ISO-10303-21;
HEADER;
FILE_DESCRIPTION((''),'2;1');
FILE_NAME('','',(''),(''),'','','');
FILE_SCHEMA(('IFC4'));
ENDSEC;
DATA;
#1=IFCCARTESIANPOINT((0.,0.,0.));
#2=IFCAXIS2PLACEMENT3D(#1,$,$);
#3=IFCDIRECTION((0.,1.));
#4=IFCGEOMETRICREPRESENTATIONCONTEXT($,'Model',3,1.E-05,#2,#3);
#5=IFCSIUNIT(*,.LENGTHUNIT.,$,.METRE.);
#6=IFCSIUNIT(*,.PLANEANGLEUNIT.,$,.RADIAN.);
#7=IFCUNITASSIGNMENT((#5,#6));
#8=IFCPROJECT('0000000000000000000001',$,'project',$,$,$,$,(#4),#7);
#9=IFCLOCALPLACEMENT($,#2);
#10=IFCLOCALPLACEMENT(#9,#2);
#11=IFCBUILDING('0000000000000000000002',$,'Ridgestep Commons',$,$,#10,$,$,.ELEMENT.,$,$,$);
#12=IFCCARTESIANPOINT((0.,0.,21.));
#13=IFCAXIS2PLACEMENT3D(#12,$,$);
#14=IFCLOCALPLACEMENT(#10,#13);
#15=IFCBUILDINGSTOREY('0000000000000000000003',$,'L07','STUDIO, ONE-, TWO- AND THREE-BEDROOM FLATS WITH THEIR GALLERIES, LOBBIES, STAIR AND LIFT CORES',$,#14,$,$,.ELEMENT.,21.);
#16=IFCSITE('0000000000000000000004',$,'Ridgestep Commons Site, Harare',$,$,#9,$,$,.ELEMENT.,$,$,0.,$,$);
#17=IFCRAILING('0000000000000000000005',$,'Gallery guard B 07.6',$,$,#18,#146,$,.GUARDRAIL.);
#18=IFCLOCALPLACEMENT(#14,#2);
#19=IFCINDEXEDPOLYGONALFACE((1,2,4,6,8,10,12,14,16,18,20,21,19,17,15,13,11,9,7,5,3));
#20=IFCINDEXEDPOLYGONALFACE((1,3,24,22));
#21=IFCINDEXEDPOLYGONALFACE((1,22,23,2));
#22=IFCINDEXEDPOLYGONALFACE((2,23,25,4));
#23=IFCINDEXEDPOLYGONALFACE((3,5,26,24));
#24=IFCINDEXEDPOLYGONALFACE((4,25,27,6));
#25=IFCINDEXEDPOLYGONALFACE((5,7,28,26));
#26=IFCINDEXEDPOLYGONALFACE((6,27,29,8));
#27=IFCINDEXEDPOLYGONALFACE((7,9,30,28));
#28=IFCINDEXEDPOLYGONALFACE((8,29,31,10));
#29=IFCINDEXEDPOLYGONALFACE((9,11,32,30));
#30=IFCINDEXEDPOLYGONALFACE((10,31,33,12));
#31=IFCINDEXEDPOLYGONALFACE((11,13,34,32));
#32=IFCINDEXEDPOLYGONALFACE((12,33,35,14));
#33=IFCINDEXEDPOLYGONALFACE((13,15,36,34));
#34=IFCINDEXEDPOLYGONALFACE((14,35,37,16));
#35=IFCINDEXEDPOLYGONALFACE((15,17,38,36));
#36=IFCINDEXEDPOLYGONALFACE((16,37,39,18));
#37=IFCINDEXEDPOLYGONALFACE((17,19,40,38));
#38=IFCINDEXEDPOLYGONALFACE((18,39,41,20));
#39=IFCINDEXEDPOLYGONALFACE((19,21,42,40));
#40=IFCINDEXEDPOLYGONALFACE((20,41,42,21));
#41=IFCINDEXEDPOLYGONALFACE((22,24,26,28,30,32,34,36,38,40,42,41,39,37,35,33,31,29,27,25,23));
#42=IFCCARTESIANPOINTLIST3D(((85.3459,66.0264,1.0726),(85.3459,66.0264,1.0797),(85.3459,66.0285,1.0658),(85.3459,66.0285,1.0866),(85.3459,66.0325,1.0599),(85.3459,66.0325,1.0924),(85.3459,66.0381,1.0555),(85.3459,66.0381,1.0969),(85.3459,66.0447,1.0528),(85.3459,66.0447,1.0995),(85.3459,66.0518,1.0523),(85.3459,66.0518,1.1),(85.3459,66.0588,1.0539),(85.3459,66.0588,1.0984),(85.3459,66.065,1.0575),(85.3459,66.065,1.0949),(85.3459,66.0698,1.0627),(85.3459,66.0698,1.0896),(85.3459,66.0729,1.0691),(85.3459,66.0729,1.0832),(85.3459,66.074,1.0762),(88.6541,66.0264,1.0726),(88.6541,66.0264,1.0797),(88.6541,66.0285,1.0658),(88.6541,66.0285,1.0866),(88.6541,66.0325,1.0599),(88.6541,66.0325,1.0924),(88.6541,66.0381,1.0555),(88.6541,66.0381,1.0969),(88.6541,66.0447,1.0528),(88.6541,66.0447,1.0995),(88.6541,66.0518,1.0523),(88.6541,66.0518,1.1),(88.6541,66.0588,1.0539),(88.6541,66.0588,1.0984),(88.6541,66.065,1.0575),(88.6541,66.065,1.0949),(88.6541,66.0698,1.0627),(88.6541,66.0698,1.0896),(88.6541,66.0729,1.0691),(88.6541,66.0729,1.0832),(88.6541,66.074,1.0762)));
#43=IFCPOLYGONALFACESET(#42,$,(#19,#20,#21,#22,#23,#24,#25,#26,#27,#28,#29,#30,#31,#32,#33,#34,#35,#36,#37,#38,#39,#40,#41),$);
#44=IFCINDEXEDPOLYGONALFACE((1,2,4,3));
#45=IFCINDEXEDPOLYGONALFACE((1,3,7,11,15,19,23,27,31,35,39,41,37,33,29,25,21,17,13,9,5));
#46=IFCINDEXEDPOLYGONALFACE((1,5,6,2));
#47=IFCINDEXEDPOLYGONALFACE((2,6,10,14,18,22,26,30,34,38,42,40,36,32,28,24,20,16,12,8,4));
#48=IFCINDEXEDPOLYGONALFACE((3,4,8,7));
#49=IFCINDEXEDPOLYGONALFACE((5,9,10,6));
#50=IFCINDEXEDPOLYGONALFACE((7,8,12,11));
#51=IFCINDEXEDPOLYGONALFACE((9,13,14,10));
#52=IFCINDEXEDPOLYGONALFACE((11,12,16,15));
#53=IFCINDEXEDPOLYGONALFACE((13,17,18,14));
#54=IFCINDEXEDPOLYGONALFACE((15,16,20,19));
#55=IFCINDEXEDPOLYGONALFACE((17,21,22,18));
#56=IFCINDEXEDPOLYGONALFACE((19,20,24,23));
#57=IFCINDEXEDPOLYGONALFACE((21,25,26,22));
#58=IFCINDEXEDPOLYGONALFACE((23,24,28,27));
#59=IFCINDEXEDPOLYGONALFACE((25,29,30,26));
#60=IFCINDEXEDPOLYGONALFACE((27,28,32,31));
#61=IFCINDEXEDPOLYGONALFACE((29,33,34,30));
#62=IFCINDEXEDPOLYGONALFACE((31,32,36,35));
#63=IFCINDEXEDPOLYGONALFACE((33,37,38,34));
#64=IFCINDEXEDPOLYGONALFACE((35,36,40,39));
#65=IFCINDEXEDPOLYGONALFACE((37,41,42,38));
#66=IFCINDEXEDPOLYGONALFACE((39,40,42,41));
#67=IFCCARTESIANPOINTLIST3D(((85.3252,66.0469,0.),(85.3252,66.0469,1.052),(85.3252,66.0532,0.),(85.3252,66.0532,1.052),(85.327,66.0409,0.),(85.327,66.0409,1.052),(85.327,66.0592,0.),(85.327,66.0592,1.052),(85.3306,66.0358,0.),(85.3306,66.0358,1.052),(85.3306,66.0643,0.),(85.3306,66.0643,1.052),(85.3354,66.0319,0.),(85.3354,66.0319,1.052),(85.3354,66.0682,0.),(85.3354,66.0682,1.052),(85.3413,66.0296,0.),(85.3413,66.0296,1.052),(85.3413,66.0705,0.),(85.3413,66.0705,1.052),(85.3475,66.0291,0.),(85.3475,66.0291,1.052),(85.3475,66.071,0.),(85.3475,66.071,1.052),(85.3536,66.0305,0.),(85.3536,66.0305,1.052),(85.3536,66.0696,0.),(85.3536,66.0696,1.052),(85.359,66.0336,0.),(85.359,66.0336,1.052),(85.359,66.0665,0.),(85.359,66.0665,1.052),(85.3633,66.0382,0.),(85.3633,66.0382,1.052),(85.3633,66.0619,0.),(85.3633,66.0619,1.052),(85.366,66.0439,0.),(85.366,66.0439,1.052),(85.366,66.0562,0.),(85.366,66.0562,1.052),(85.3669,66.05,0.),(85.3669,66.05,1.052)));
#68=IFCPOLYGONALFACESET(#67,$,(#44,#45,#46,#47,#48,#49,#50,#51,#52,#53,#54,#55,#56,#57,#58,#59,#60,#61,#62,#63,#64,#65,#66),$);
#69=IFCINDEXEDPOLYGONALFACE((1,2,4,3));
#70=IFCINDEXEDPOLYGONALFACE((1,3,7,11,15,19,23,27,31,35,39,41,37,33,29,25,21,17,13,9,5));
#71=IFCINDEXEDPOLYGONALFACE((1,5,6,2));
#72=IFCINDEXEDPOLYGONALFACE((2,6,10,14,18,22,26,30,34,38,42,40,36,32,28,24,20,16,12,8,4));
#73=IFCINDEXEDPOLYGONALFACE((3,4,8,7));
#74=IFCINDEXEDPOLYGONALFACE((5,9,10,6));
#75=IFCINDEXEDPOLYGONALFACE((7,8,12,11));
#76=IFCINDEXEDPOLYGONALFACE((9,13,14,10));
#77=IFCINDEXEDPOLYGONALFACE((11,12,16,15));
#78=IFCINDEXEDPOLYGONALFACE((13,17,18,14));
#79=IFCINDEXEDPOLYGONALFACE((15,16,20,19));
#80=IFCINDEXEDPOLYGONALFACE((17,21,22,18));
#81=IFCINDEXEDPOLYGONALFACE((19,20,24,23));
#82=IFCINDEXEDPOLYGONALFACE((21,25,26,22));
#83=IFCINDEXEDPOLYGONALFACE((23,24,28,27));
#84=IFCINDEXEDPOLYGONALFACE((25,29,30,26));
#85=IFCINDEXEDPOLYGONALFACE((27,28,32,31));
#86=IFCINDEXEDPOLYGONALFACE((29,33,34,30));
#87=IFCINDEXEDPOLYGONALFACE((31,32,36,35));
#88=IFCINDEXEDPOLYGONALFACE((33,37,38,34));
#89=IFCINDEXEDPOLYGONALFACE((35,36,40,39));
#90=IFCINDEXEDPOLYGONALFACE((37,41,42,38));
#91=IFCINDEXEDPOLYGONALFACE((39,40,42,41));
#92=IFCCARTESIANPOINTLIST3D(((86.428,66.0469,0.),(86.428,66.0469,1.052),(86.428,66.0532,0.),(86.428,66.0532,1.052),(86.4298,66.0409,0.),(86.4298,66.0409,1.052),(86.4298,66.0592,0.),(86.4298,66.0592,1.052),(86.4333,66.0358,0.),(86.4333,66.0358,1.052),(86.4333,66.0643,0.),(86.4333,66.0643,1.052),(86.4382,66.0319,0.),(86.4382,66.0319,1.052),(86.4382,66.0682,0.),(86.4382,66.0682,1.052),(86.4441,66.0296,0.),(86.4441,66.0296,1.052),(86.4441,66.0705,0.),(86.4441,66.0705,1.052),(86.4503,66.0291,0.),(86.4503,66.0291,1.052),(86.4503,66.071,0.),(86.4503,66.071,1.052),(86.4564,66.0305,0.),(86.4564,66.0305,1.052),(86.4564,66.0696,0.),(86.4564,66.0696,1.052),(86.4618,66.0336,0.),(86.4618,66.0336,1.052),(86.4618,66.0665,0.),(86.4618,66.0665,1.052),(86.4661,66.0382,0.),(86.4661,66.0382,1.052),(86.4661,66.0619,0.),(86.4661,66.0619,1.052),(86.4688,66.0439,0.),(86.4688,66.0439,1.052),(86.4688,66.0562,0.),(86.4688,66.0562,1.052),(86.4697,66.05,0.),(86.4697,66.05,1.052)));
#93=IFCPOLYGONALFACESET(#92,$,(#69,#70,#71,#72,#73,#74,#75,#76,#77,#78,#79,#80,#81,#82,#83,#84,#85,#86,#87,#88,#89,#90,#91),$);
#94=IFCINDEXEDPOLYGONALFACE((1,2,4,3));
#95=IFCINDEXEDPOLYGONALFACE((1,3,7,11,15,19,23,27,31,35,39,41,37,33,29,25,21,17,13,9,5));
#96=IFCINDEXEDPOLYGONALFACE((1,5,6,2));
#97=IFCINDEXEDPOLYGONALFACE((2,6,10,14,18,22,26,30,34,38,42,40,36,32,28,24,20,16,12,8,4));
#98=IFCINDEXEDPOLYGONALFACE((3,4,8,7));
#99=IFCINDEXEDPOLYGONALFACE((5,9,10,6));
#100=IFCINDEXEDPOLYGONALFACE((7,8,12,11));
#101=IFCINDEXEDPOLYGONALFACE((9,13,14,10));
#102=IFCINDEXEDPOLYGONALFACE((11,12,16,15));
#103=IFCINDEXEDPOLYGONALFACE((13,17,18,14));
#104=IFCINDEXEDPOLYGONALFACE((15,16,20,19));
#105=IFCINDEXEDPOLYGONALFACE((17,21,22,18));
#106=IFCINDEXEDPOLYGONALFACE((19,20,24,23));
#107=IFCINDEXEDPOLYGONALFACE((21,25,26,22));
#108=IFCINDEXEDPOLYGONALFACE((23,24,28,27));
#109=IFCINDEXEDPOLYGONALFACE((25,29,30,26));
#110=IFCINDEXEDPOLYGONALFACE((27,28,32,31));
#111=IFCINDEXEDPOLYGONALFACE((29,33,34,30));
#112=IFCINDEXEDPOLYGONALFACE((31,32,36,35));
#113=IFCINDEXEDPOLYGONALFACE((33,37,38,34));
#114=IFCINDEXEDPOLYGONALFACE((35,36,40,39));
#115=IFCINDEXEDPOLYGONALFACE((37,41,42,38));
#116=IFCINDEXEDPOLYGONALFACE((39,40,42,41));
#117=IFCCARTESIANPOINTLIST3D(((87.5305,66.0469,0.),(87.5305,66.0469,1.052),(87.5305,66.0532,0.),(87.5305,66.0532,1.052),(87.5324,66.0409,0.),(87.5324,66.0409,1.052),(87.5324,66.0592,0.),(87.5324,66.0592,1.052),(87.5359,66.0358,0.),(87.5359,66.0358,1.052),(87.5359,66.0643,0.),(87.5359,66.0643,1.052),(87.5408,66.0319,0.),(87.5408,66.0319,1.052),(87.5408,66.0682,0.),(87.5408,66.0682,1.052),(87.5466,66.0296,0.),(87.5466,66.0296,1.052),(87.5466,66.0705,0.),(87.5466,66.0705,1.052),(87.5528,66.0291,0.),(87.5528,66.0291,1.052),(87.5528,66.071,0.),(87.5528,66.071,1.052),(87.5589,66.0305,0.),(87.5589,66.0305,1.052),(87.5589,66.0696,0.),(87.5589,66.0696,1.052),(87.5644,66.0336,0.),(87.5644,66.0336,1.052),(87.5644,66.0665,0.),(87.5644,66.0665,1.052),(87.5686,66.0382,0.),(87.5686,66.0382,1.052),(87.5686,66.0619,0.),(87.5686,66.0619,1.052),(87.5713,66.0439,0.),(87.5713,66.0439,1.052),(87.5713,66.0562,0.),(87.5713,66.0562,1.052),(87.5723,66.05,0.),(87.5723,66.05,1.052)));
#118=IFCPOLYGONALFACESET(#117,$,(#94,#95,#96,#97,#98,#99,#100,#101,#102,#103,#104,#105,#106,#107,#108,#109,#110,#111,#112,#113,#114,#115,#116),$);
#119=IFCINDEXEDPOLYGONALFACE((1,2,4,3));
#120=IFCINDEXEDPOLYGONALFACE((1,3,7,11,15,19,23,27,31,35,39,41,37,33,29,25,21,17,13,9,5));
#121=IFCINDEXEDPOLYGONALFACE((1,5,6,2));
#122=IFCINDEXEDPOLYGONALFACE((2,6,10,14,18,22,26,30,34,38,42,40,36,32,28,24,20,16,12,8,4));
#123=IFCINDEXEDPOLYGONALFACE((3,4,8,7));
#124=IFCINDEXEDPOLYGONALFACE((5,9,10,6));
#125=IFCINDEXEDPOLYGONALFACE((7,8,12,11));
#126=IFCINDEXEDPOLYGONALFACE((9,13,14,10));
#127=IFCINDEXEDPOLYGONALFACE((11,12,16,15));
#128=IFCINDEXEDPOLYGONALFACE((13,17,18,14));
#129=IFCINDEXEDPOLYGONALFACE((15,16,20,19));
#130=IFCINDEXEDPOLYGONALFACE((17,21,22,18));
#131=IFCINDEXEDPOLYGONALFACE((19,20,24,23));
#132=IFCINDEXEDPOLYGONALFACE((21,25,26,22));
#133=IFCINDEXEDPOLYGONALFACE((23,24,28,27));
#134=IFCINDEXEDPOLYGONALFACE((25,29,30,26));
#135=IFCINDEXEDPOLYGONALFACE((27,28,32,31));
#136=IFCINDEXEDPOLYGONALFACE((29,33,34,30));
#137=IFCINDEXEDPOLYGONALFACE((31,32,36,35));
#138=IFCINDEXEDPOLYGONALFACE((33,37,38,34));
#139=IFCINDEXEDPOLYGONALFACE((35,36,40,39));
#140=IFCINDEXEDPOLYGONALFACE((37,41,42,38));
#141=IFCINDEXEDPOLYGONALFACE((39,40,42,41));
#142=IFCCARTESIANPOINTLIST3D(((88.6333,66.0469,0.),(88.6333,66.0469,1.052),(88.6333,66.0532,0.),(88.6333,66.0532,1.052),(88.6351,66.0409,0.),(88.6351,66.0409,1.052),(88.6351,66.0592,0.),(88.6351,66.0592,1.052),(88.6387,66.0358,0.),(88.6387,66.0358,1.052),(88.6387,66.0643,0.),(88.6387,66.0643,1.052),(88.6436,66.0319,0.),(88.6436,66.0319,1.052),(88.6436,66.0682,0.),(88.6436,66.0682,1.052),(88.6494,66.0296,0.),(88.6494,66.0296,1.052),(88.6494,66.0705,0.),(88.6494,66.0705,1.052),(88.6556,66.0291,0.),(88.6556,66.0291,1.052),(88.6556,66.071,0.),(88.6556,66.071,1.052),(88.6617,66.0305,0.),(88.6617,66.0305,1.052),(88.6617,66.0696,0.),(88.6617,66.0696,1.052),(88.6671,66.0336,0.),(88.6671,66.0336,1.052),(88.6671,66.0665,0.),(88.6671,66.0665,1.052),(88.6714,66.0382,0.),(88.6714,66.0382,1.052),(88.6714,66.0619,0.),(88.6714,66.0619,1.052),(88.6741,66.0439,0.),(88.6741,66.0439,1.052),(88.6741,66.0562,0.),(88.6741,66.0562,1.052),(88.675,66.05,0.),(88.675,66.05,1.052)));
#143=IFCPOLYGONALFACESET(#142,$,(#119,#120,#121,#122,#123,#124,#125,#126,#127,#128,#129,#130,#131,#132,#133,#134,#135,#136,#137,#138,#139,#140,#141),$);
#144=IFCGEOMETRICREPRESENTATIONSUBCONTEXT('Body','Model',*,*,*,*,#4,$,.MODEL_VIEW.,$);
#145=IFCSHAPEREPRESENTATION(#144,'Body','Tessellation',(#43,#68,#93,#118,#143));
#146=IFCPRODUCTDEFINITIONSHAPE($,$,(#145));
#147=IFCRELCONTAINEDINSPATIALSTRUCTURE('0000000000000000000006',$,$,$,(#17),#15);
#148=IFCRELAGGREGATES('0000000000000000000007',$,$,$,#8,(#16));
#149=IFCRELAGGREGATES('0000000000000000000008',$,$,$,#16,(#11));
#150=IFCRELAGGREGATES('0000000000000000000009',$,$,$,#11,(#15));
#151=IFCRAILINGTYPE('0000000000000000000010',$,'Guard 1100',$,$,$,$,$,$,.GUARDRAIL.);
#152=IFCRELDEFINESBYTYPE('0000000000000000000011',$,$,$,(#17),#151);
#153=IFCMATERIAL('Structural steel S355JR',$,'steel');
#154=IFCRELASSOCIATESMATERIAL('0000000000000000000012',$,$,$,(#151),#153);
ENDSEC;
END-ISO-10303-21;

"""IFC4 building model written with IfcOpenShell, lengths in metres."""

from ifc_helpers import new_model, si_unit, direction, frame, origin, origin_2d, place, context, subcontext, project, spatial, circle, extrude, material, type_object, element, save


model = new_model("IFC4")

# Units and contexts
model_context = context("Model", 3, precision=1e-05, world=origin(), true_north=direction((0.0, 1.0)))
body_context = subcontext(model_context, "Body", "Model", "MODEL_VIEW")
ifc_project = project(units=[si_unit("LENGTHUNIT", "METRE"), si_unit("PLANEANGLEUNIT", "RADIAN")], contexts=[model_context])

# Site, building, storey
site_placement = place(None, origin())
site = spatial("IfcSite", under=ifc_project, at=site_placement, Name="Ridgestep Commons Site, Harare", CompositionType="ELEMENT", RefElevation=0.0)
building_placement = place(site_placement, origin())
building = spatial("IfcBuilding", under=site, at=building_placement, Name="Ridgestep Commons", CompositionType="ELEMENT")
storey_placement = place(building_placement, frame((0.0, 0.0, 21.0)))
storey = spatial("IfcBuildingStorey", under=building, at=storey_placement, Name="L07", Description="STUDIO, ONE-, TWO- AND THREE-BEDROOM FLATS WITH THEIR GALLERIES, LOBBIES, STAIR AND LIFT CORES", CompositionType="ELEMENT", Elevation=21.0)

# Railing
ifc_material_1 = material(Name="Structural steel S355JR", Category="steel")
railing_type = type_object("IfcRailingType", Name="Guard 1100", PredefinedType="GUARDRAIL", material=ifc_material_1)
railing_1_placement = place(storey_placement, frame((85.3459, 66.05, 0.0)))
element("IfcRailing", 1, at=railing_1_placement, inside=storey, type_object=railing_type, Name="Gallery guard B 07.6", PredefinedType="GUARDRAIL", context=body_context, shape_type="SweptSolid", body=[
    extrude(circle(Radius=0.0239, at=origin_2d()), frame((0.0, 0.0, 1.0762), z_axis=(1.0, 0.0, 0.0), x_axis=(0.0, 1.0, 0.0)), (0.0, 0.0, 1.0), 3.3081),
    extrude(circle(Radius=0.021, at=origin_2d()), origin(), (0.0, 0.0, 1.0), 1.052),
    extrude(circle(Radius=0.021, at=origin_2d()), frame((1.1028, 0.0, 0.0)), (0.0, 0.0, 1.0), 1.052),
    extrude(circle(Radius=0.021, at=origin_2d()), frame((2.2053, 0.0, 0.0)), (0.0, 0.0, 1.0), 1.052),
    extrude(circle(Radius=0.021, at=origin_2d()), frame((3.3081, 0.0, 0.0)), (0.0, 0.0, 1.0), 1.052),
])

save(model, "model.ifc")
